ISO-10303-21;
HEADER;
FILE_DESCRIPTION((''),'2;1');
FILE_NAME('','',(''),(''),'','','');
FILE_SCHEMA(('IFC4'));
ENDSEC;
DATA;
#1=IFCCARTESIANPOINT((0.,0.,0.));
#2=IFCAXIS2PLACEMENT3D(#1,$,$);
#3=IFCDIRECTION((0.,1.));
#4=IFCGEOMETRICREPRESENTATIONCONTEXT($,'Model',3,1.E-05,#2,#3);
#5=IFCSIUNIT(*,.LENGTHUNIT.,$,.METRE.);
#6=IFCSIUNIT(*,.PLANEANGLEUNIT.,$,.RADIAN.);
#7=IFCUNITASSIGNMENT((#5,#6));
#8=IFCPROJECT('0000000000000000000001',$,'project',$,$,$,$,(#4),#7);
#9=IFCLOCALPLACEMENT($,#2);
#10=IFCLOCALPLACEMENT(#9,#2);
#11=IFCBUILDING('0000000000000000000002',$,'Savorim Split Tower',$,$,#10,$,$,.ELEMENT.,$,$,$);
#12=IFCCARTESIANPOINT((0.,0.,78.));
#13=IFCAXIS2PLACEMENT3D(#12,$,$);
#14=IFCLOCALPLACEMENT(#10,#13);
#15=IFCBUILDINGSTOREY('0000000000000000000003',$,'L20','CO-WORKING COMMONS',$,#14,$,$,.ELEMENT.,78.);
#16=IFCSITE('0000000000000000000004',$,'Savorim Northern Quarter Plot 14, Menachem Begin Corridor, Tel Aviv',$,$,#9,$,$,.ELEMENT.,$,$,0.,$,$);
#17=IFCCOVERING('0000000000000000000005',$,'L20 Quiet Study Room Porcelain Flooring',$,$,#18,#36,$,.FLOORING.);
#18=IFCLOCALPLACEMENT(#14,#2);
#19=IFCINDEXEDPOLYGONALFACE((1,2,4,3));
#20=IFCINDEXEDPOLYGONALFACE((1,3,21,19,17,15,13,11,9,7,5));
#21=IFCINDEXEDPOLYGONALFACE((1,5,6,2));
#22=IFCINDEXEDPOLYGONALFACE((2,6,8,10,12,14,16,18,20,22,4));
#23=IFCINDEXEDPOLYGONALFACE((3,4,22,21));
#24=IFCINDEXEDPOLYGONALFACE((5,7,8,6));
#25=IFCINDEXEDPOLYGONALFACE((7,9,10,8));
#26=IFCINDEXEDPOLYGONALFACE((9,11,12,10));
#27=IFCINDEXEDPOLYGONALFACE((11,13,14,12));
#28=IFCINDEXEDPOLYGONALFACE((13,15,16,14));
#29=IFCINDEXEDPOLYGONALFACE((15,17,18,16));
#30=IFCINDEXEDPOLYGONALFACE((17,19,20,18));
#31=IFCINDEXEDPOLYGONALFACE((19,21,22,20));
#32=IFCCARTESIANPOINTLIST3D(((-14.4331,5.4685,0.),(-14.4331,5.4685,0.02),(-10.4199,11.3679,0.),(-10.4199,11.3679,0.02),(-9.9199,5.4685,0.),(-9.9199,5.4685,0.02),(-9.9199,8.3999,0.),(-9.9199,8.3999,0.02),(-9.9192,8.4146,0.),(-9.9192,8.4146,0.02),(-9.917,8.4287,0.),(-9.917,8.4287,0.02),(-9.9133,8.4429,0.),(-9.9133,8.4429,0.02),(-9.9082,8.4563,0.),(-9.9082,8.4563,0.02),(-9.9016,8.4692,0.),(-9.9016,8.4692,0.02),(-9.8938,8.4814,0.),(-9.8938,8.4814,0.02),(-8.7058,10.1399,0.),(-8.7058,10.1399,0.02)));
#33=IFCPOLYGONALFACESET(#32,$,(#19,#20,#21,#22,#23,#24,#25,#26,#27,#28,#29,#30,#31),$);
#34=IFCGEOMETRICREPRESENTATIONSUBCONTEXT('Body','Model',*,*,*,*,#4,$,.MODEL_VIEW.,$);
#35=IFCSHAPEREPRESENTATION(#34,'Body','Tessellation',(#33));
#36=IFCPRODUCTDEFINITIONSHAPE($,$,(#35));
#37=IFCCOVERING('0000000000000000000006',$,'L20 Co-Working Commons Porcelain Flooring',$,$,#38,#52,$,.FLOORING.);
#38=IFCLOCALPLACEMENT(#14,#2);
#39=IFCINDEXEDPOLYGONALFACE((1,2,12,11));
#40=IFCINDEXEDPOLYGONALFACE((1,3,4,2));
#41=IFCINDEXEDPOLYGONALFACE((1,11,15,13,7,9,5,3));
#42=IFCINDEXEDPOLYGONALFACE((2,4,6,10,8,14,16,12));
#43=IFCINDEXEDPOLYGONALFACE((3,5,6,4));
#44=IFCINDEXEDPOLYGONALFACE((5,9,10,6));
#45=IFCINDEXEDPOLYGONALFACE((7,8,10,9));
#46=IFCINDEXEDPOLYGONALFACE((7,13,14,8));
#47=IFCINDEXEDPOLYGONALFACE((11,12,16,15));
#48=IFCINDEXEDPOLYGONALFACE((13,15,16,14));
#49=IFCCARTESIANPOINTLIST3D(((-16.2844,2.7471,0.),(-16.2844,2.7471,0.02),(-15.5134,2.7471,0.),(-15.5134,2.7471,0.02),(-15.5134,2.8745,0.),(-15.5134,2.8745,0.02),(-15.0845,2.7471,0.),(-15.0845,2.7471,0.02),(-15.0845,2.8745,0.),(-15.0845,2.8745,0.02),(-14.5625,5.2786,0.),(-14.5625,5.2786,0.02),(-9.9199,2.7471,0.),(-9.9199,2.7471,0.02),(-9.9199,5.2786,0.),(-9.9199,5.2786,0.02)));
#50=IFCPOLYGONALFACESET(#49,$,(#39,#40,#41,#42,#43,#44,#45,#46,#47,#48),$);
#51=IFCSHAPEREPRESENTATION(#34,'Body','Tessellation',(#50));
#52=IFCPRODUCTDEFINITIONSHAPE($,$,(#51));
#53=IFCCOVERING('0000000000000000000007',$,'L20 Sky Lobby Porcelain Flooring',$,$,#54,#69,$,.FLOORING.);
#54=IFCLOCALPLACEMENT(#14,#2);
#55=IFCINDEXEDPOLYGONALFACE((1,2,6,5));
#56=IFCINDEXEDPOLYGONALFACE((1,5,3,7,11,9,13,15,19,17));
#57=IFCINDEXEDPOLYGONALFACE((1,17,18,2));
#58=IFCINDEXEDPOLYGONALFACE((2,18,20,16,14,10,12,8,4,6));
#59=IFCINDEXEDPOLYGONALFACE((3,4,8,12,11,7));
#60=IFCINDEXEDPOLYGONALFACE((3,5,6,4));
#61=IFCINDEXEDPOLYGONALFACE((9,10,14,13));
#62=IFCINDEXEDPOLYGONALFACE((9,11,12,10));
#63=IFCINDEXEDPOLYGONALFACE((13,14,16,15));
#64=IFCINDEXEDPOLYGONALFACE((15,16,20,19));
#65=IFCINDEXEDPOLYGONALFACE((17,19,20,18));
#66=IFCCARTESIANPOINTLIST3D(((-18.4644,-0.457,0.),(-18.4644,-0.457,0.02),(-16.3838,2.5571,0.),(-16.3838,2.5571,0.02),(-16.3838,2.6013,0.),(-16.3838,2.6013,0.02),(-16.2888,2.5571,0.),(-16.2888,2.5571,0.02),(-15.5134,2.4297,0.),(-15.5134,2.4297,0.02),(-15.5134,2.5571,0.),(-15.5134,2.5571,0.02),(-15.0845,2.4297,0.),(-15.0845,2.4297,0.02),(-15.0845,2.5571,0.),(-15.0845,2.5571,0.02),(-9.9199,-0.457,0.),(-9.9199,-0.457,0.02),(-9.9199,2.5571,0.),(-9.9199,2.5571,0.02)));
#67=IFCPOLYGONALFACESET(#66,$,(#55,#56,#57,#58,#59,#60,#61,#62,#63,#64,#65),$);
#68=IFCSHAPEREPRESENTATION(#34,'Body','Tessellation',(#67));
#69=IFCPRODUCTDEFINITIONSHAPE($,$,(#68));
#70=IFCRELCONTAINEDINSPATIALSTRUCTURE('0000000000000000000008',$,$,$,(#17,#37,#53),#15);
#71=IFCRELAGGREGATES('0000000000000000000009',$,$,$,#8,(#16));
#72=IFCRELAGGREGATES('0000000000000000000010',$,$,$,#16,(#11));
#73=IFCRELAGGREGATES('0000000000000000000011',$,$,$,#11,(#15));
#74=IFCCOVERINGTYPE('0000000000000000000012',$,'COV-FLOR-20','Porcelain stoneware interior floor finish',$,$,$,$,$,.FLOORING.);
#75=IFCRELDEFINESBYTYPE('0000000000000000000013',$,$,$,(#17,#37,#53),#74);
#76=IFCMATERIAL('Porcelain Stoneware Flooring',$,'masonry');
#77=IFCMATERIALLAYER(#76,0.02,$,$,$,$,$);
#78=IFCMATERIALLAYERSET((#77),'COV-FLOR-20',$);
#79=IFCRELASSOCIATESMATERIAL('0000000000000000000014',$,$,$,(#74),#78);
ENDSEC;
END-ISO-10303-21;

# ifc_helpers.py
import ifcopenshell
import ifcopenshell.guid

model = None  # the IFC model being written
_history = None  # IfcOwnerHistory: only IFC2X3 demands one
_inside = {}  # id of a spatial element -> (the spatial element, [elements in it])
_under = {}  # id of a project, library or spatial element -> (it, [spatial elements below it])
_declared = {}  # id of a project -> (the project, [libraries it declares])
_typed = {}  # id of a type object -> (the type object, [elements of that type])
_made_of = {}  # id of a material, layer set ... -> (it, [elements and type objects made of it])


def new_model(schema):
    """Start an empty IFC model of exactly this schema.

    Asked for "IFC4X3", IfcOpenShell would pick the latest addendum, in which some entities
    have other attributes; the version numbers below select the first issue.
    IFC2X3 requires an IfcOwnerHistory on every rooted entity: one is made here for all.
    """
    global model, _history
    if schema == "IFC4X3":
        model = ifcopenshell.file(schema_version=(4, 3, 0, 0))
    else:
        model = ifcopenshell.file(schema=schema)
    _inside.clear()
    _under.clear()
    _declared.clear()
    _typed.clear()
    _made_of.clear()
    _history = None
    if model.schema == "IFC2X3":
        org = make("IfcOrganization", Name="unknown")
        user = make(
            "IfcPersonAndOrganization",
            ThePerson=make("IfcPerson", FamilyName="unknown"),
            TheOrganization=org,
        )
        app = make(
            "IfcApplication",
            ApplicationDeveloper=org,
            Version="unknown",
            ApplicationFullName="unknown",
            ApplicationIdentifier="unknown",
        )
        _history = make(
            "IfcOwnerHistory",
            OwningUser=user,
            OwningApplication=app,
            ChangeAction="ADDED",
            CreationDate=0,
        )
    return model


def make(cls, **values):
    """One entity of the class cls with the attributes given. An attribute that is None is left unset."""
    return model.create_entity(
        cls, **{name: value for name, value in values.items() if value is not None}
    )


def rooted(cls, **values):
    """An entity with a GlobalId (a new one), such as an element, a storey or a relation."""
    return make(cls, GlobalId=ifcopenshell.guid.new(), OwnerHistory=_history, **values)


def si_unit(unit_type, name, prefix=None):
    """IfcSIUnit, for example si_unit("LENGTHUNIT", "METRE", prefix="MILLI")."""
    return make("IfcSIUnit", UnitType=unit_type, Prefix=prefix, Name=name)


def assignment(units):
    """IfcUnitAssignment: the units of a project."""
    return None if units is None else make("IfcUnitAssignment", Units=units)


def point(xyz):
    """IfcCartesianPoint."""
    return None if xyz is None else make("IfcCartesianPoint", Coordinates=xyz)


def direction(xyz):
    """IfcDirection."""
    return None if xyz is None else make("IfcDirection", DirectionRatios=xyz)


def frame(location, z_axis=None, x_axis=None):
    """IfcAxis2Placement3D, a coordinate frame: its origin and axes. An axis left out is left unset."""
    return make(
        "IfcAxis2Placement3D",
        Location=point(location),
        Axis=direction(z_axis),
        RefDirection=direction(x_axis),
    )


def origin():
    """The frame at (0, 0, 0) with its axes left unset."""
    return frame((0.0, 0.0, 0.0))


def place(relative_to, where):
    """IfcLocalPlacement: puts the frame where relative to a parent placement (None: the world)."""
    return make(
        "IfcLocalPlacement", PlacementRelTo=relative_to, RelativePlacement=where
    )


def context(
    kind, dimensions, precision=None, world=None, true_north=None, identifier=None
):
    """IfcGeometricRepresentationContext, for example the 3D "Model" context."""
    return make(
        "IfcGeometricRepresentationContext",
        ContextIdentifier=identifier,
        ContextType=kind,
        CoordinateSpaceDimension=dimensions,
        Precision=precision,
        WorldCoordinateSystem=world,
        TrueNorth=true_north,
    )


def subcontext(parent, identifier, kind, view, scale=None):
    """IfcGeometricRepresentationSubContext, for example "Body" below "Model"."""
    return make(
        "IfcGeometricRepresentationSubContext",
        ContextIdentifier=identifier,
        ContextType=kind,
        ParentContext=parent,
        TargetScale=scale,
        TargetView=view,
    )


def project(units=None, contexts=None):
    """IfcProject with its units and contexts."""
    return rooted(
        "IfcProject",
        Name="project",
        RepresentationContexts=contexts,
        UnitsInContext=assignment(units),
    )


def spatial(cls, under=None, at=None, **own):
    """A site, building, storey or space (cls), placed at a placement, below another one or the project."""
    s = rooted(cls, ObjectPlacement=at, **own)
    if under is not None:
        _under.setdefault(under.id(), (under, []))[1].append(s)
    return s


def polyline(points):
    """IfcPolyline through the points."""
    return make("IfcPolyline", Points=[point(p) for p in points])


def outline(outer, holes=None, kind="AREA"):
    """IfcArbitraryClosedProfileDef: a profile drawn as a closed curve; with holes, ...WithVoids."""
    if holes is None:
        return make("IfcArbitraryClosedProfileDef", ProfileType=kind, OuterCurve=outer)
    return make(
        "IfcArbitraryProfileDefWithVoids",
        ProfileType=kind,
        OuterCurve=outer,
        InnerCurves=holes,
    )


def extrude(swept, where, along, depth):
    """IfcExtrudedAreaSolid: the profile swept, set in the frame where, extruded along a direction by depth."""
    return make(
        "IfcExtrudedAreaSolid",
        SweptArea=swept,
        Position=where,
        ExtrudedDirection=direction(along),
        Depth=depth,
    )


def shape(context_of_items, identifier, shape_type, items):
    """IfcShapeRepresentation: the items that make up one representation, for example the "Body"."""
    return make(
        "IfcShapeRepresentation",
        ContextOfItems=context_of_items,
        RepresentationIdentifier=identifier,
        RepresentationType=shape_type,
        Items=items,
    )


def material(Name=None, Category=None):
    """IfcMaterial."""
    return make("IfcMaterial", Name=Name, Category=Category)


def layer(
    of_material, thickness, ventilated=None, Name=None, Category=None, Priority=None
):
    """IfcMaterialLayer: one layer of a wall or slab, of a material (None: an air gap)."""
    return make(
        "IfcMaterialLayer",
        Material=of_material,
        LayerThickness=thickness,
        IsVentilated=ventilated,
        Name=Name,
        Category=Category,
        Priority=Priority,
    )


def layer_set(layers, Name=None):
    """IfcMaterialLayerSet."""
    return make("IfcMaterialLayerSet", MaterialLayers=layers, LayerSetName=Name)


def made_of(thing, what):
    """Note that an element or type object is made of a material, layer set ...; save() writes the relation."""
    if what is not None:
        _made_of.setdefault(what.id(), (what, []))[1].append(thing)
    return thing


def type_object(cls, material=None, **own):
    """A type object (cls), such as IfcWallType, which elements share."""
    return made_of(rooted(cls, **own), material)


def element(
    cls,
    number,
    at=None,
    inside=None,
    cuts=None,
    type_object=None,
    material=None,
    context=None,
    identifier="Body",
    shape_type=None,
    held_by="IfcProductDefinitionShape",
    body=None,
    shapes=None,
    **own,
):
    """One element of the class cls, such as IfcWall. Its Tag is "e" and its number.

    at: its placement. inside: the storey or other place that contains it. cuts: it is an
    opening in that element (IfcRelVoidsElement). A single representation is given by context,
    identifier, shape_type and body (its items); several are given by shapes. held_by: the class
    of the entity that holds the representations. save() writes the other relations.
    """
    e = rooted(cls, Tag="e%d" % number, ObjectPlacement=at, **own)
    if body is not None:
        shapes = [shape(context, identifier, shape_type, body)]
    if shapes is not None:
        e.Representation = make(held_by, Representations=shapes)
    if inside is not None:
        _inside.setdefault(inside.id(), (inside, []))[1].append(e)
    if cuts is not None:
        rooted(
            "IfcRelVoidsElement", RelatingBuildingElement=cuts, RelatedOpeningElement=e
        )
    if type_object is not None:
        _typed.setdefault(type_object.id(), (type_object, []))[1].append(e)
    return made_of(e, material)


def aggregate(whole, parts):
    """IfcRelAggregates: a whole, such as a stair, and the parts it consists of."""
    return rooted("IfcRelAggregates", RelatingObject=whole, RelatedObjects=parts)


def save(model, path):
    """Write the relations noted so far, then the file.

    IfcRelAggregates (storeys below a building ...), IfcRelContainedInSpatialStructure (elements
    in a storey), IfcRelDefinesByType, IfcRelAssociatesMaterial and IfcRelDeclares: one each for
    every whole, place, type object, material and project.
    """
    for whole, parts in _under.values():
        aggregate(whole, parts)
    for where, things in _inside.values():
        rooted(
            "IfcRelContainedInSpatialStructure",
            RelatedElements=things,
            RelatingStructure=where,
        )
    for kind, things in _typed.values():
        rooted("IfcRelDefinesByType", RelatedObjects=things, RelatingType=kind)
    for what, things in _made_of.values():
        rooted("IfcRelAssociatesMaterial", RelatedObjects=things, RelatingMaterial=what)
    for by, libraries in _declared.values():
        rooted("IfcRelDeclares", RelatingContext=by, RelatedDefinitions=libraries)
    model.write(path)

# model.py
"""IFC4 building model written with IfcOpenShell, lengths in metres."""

from ifc_helpers import new_model, si_unit, direction, frame, origin, place, context, subcontext, project, spatial, polyline, outline, extrude, material, layer, layer_set, type_object, element, save


model = new_model("IFC4")

# Units and contexts
model_context = context("Model", 3, precision=1e-05, world=origin(), true_north=direction((0.0, 1.0)))
body_context = subcontext(model_context, "Body", "Model", "MODEL_VIEW")
ifc_project = project(units=[si_unit("LENGTHUNIT", "METRE"), si_unit("PLANEANGLEUNIT", "RADIAN")], contexts=[model_context])

# Site, building, storey
site_placement = place(None, origin())
site = spatial("IfcSite", under=ifc_project, at=site_placement, Name="Savorim Northern Quarter Plot 14, Menachem Begin Corridor, Tel Aviv", CompositionType="ELEMENT", RefElevation=0.0)
building_placement = place(site_placement, origin())
building = spatial("IfcBuilding", under=site, at=building_placement, Name="Savorim Split Tower", CompositionType="ELEMENT")
storey_placement = place(building_placement, frame((0.0, 0.0, 78.0)))
storey = spatial("IfcBuildingStorey", under=building, at=storey_placement, Name="L20", Description="CO-WORKING COMMONS", CompositionType="ELEMENT", Elevation=78.0)

# Coverings
ifc_material_1 = material(Name="Porcelain Stoneware Flooring", Category="masonry")
ifc_layer_1 = layer(ifc_material_1, 0.02)
ifc_layer_set_1 = layer_set([ifc_layer_1], Name="COV-FLOR-20")
covering_type_1 = type_object("IfcCoveringType", Name="COV-FLOR-20", Description="Porcelain stoneware interior floor finish", PredefinedType="FLOORING", material=ifc_layer_set_1)
covering_1_placement = place(storey_placement, origin())
element("IfcCovering", 1, at=covering_1_placement, inside=storey, type_object=covering_type_1, Name="L20 Quiet Study Room Porcelain Flooring", PredefinedType="FLOORING", context=body_context, shape_type="SweptSolid", body=[
    extrude(outline(polyline([(-9.9082, 8.4563), (-9.9016, 8.4692), (-9.8938, 8.4814), (-8.7058, 10.1399), (-10.4199, 11.3679), (-14.4331, 5.4685), (-9.9199, 5.4685), (-9.9199, 8.3999), (-9.9192, 8.4146), (-9.917, 8.4287), (-9.9133, 8.4429), (-9.9082, 8.4563)])), origin(), (0.0, 0.0, 1.0), 0.02),
])
covering_2_placement = place(storey_placement, origin())
element("IfcCovering", 2, at=covering_2_placement, inside=storey, type_object=covering_type_1, Name="L20 Co-Working Commons Porcelain Flooring", PredefinedType="FLOORING", context=body_context, shape_type="SweptSolid", body=[
    extrude(outline(polyline([(-15.0845, 2.8745), (-15.0845, 2.7471), (-9.9199, 2.7471), (-9.9199, 5.2786), (-14.5625, 5.2786), (-16.2844, 2.7471), (-15.5134, 2.7471), (-15.5134, 2.8745), (-15.0845, 2.8745)])), origin(), (0.0, 0.0, 1.0), 0.02),
])
covering_3_placement = place(storey_placement, origin())
element("IfcCovering", 3, at=covering_3_placement, inside=storey, type_object=covering_type_1, Name="L20 Sky Lobby Porcelain Flooring", PredefinedType="FLOORING", context=body_context, shape_type="SweptSolid", body=[
    extrude(outline(polyline([(-15.5134, 2.5571), (-16.2888, 2.5571), (-16.3838, 2.5571), (-16.3838, 2.6013), (-18.4644, -0.457), (-9.9199, -0.457), (-9.9199, 2.5571), (-15.0845, 2.5571), (-15.0845, 2.4297), (-15.5134, 2.4297), (-15.5134, 2.5571)])), origin(), (0.0, 0.0, 1.0), 0.02),
])

save(model, "model.ifc")
